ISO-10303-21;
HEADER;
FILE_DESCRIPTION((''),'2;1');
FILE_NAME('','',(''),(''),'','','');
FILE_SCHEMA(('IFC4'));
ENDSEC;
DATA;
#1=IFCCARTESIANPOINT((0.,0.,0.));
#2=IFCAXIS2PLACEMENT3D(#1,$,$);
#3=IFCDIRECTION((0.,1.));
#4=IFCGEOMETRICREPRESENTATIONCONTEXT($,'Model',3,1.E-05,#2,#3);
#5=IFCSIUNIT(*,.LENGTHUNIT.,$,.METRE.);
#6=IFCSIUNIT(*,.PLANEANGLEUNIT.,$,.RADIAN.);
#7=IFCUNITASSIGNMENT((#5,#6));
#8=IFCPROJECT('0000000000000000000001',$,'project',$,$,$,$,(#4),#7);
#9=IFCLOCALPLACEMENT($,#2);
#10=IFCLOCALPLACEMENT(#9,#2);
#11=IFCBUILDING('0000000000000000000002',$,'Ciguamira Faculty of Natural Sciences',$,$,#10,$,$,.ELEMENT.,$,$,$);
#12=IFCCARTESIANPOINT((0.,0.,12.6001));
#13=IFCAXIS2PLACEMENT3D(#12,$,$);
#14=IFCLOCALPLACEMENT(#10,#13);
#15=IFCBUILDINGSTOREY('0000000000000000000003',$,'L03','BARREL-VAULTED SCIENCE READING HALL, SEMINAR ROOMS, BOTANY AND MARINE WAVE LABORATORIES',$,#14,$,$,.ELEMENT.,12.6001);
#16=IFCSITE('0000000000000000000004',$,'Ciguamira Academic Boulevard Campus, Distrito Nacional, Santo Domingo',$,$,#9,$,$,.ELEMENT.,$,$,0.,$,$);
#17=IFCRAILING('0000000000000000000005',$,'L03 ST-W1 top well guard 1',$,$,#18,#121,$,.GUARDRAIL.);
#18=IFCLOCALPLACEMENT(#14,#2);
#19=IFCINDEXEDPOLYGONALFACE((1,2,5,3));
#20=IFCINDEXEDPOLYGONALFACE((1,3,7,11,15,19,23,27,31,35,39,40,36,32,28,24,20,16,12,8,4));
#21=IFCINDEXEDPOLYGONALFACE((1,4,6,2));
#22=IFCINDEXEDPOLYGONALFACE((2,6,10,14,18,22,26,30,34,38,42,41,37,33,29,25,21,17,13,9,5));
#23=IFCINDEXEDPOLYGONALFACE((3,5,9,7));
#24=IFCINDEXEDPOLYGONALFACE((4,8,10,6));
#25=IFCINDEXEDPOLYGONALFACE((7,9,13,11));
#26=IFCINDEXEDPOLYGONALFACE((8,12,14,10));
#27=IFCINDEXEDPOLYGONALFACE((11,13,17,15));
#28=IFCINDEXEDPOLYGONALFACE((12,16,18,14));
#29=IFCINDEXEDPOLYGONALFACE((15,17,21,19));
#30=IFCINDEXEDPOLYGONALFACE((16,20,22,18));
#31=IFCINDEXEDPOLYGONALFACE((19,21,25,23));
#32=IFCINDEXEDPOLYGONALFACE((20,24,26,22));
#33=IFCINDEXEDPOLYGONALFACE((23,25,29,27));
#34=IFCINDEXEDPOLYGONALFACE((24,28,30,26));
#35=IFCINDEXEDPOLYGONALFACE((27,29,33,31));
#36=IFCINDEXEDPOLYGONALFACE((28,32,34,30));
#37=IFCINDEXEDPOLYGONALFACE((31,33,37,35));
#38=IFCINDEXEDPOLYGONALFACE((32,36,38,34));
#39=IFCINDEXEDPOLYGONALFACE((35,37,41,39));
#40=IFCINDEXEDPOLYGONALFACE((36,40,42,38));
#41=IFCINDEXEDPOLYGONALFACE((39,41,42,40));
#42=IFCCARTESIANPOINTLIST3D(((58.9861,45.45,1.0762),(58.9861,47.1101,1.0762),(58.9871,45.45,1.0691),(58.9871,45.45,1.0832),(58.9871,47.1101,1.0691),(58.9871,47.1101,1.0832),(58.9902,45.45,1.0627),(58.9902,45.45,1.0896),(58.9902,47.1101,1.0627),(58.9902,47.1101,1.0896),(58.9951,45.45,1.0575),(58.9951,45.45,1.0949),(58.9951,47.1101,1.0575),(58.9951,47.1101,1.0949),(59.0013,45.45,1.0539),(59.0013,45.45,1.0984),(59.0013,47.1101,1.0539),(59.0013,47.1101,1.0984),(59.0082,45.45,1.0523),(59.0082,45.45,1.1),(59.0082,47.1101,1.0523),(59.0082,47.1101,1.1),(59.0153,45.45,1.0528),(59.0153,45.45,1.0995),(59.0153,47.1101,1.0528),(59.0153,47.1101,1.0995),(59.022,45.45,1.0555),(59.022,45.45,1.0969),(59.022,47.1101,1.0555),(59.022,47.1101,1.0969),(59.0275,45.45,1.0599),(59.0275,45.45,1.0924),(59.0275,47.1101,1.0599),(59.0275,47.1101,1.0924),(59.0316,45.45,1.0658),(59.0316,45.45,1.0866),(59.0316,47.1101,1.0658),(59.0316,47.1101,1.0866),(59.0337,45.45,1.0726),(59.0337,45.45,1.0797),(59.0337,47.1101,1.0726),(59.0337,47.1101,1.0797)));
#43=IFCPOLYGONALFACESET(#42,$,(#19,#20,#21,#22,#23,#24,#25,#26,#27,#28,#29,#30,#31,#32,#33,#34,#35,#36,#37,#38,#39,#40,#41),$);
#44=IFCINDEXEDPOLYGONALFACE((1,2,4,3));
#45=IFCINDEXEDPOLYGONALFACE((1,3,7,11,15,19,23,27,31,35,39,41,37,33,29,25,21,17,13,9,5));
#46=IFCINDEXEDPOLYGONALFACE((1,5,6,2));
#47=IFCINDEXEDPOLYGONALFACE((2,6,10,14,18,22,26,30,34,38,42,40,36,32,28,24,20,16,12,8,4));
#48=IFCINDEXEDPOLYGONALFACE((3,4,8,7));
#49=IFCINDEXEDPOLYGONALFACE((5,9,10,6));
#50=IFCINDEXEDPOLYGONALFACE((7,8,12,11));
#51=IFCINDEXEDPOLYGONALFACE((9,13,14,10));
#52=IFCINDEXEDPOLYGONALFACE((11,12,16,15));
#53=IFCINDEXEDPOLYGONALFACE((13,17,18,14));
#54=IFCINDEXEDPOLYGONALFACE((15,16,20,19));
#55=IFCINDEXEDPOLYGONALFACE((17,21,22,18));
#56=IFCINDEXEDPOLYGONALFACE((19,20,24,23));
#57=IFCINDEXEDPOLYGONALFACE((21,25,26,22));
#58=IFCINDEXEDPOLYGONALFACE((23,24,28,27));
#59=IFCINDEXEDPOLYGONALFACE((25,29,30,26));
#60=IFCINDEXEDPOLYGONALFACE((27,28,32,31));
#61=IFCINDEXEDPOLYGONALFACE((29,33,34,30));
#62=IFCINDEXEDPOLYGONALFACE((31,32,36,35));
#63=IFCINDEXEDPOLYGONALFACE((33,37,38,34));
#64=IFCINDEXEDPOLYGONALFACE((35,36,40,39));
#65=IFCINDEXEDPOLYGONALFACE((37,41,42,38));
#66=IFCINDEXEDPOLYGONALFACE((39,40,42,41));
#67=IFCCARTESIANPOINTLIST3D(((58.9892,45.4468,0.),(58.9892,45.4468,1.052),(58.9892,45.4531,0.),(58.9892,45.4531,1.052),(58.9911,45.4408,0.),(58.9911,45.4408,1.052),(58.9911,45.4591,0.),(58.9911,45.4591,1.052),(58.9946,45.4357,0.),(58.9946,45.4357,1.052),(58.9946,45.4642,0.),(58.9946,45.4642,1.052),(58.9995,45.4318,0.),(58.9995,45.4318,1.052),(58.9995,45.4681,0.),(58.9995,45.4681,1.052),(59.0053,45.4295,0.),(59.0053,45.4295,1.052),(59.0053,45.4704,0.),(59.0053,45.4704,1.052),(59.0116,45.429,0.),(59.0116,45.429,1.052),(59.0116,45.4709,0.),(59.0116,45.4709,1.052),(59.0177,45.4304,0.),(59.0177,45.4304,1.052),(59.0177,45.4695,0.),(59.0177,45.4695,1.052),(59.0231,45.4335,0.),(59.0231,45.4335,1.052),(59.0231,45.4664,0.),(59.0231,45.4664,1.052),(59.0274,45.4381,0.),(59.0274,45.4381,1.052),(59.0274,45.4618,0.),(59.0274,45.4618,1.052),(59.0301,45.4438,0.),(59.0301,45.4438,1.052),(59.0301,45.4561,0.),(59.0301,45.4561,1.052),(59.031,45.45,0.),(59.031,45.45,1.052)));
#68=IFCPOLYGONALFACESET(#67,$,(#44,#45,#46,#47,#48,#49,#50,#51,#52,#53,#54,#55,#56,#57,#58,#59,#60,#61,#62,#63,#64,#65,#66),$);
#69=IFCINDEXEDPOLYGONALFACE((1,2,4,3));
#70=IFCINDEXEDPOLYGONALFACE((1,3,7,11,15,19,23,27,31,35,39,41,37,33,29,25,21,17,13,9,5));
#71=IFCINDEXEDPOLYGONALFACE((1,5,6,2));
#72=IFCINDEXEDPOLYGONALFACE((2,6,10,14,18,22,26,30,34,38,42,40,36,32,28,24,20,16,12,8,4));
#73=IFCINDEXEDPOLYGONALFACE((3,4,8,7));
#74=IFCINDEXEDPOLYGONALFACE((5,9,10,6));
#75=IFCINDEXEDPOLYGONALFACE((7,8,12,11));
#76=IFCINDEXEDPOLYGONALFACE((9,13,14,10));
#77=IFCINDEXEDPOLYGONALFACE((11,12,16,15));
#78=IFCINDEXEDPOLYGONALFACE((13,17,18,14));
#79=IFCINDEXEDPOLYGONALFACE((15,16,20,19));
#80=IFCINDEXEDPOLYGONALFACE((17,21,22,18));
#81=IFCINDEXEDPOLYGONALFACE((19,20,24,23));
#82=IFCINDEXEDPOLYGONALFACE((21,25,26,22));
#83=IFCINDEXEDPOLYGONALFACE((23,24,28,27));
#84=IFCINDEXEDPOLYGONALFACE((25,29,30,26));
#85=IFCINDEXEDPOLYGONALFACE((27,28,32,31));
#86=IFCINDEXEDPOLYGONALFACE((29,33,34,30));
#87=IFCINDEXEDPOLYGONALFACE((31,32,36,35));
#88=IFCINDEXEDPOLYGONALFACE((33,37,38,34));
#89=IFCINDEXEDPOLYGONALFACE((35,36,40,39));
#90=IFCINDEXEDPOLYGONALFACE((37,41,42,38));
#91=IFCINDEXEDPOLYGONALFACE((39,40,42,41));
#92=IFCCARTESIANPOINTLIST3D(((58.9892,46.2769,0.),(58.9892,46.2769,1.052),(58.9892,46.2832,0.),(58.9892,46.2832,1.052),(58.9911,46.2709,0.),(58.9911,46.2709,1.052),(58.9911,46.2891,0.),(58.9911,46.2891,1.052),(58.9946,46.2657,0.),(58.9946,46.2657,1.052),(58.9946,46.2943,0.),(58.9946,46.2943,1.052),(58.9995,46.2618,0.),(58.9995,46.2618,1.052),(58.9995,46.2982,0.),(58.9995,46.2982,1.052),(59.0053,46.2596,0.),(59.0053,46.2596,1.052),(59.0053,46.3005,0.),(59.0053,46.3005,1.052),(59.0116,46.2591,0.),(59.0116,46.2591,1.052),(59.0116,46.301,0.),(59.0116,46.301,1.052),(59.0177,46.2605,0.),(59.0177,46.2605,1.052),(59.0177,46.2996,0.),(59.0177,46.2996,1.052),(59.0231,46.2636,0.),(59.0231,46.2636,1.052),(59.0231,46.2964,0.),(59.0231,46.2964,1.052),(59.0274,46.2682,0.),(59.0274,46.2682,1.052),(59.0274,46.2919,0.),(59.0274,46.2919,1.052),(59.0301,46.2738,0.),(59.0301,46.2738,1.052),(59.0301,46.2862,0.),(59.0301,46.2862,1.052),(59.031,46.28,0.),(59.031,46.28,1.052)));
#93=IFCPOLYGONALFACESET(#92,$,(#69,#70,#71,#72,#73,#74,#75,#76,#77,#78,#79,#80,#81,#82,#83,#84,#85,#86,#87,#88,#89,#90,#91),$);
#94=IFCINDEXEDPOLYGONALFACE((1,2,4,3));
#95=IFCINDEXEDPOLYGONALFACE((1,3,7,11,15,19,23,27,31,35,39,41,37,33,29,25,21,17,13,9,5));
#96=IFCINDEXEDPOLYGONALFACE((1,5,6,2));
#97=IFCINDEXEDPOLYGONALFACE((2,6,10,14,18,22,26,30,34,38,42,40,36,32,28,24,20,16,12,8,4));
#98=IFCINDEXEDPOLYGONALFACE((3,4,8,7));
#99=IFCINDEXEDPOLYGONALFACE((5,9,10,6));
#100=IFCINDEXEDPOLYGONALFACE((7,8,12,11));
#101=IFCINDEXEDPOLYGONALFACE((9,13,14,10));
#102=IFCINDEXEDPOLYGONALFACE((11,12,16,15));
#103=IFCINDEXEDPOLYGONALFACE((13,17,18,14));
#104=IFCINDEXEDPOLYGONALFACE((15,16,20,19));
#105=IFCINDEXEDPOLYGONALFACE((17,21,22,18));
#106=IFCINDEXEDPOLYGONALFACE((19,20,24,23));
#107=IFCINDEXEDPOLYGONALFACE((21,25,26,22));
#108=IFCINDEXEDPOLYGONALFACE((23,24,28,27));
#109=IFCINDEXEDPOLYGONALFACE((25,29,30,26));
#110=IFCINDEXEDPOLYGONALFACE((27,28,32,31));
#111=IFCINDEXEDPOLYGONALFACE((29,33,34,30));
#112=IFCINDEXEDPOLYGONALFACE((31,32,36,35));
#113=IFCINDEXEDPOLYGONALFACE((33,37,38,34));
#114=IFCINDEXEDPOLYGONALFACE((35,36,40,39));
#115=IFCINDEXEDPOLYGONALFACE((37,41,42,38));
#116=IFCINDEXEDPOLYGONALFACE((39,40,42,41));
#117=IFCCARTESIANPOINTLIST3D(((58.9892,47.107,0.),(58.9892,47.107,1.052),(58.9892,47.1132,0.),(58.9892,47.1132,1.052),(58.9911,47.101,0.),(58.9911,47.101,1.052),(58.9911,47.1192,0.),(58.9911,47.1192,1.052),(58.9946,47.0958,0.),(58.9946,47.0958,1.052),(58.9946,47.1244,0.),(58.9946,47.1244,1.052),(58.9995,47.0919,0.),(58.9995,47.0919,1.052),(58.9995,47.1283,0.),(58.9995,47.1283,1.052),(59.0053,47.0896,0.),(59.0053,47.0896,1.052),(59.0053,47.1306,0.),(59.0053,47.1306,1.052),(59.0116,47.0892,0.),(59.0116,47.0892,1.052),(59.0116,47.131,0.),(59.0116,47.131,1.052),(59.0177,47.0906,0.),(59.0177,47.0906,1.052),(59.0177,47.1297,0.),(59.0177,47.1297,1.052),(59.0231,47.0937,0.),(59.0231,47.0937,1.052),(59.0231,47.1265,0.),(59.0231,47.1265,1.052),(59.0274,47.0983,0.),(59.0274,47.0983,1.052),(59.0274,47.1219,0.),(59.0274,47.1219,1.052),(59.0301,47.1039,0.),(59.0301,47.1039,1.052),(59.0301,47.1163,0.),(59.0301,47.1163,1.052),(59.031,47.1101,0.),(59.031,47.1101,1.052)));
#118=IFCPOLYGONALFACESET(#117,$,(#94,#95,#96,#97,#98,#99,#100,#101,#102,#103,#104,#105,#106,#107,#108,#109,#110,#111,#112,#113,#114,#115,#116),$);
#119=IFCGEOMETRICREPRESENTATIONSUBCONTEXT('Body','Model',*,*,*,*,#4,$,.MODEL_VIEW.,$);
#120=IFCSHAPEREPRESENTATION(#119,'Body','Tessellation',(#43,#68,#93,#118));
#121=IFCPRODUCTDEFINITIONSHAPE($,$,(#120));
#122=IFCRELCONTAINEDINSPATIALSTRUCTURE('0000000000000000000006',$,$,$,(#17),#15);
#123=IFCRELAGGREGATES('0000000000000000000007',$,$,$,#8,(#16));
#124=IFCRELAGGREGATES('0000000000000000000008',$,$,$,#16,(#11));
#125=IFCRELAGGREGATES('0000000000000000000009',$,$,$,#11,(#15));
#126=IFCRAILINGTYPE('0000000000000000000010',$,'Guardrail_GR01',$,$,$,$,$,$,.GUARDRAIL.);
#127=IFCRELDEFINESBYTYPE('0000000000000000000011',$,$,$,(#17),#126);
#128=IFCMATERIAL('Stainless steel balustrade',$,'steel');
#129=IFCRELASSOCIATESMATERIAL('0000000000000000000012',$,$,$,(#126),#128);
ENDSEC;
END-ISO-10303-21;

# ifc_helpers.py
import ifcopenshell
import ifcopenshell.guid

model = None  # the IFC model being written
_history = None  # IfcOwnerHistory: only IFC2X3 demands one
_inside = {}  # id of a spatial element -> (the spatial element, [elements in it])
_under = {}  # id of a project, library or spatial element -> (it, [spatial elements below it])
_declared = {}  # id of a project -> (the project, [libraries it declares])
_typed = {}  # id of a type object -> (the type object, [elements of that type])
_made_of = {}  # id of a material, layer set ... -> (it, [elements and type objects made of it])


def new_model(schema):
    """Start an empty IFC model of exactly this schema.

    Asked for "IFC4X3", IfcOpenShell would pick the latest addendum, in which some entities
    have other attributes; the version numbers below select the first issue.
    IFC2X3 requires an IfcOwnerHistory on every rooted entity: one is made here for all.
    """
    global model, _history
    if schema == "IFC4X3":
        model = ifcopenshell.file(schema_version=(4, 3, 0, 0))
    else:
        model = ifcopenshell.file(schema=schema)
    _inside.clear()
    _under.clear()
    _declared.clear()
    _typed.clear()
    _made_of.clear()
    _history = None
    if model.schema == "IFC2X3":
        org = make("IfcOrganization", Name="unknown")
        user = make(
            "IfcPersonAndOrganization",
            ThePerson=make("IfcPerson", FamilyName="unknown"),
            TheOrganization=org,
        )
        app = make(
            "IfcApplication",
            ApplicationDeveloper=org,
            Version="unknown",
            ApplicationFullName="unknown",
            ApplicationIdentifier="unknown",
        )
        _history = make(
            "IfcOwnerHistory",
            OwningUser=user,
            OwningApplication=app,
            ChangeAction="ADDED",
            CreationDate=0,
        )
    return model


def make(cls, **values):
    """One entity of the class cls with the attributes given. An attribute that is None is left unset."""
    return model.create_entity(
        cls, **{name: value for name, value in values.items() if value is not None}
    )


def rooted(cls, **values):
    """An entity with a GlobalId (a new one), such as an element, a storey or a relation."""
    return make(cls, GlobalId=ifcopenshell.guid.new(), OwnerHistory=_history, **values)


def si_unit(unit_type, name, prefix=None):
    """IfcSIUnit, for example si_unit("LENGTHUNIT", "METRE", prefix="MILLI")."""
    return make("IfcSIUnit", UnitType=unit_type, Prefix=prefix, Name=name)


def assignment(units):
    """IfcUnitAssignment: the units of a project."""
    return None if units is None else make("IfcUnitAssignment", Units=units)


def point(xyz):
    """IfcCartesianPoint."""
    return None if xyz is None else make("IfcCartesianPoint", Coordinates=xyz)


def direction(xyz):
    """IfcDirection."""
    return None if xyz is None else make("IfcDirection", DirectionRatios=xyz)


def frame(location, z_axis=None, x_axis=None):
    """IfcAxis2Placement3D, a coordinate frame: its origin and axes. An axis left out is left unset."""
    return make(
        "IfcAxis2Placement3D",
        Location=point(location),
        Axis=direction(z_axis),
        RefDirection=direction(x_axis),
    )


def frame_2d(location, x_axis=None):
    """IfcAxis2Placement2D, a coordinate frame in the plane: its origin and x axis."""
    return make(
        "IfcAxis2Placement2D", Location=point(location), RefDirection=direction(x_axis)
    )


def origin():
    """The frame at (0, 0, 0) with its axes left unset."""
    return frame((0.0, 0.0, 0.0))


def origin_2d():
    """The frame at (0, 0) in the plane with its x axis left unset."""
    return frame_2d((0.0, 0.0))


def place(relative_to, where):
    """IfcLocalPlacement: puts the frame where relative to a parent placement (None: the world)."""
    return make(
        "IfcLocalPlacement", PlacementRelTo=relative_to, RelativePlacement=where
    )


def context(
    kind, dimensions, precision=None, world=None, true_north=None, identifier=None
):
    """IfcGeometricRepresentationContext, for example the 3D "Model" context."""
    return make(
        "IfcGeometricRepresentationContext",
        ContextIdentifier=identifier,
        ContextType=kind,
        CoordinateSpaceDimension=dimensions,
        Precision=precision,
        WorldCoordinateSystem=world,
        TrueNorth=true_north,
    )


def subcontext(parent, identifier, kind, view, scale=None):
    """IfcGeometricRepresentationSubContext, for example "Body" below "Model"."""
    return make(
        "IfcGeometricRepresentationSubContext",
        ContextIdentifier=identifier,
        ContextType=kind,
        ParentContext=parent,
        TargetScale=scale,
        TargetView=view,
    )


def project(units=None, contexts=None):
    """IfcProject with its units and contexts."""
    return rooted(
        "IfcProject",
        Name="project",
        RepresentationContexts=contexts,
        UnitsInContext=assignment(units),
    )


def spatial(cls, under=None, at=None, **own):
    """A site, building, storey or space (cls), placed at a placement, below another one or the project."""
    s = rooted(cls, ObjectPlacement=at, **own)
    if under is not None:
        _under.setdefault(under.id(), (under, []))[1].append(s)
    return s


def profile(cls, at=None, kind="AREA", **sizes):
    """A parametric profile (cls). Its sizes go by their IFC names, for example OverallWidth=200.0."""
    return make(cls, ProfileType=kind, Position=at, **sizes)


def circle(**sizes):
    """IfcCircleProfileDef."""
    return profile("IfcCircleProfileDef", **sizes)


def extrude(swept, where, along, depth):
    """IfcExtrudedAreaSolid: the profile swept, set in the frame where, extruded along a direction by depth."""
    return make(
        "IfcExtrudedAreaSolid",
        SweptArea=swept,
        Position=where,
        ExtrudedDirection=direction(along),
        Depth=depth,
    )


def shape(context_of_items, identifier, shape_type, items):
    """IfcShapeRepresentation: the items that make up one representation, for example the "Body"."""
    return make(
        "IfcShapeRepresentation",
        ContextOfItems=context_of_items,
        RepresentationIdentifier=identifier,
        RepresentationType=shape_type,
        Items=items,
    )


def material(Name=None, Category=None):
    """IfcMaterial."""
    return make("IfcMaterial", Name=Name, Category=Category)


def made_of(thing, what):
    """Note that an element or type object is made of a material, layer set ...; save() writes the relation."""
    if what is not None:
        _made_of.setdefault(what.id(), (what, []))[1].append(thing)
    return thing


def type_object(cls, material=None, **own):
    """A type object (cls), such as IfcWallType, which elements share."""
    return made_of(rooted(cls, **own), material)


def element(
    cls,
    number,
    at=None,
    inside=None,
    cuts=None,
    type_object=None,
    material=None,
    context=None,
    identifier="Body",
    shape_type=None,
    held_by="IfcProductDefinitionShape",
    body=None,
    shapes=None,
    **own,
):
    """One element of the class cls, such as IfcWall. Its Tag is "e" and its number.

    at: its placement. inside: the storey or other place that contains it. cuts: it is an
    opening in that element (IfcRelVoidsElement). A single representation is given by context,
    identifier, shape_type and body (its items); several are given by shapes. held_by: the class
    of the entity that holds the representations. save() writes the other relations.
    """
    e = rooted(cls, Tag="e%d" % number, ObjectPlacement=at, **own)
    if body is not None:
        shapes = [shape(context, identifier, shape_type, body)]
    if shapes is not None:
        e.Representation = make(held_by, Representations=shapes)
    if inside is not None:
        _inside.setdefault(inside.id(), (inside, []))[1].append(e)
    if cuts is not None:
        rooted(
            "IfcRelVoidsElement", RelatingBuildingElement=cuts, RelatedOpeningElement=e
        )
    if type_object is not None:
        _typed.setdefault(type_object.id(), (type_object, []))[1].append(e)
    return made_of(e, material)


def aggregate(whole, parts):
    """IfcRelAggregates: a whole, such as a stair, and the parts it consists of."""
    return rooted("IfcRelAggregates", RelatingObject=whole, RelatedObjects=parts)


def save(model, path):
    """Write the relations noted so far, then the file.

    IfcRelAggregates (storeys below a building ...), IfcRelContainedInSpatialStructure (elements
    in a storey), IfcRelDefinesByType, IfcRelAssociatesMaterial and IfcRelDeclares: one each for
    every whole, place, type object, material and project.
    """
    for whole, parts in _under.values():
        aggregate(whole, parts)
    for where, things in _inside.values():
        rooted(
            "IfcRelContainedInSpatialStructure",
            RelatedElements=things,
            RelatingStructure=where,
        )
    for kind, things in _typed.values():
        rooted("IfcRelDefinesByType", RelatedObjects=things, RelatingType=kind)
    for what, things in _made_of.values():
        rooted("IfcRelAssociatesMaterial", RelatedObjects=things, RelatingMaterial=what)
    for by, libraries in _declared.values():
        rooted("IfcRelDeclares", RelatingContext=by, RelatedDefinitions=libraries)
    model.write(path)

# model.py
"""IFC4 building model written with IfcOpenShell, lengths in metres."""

from ifc_helpers import new_model, si_unit, direction, frame, origin, origin_2d, place, context, subcontext, project, spatial, circle, extrude, material, type_object, element, save


model = new_model("IFC4")

# Units and contexts
model_context = context("Model", 3, precision=1e-05, world=origin(), true_north=direction((0.0, 1.0)))
body_context = subcontext(model_context, "Body", "Model", "MODEL_VIEW")
ifc_project = project(units=[si_unit("LENGTHUNIT", "METRE"), si_unit("PLANEANGLEUNIT", "RADIAN")], contexts=[model_context])

# Site, building, storey
site_placement = place(None, origin())
site = spatial("IfcSite", under=ifc_project, at=site_placement, Name="Ciguamira Academic Boulevard Campus, Distrito Nacional, Santo Domingo", CompositionType="ELEMENT", RefElevation=0.0)
building_placement = place(site_placement, origin())
building = spatial("IfcBuilding", under=site, at=building_placement, Name="Ciguamira Faculty of Natural Sciences", CompositionType="ELEMENT")
storey_placement = place(building_placement, frame((0.0, 0.0, 12.6001)))
storey = spatial("IfcBuildingStorey", under=building, at=storey_placement, Name="L03", Description="BARREL-VAULTED SCIENCE READING HALL, SEMINAR ROOMS, BOTANY AND MARINE WAVE LABORATORIES", CompositionType="ELEMENT", Elevation=12.6001)

# Railing
ifc_material_1 = material(Name="Stainless steel balustrade", Category="steel")
railing_type = type_object("IfcRailingType", Name="Guardrail_GR01", PredefinedType="GUARDRAIL", material=ifc_material_1)
railing_placement = place(storey_placement, frame((59.01, 45.45, 0.0)))
element("IfcRailing", 1, at=railing_placement, inside=storey, type_object=railing_type, Name="L03 ST-W1 top well guard 1", PredefinedType="GUARDRAIL", context=body_context, shape_type="SweptSolid", body=[
    extrude(circle(Radius=0.0239, at=origin_2d()), frame((0.0, 0.0, 1.0762), z_axis=(0.0, 1.0, 0.0), x_axis=(-1.0, 0.0, 0.0)), (0.0, 0.0, 1.0), 1.6602),
    extrude(circle(Radius=0.021, at=origin_2d()), origin(), (0.0, 0.0, 1.0), 1.052),
    extrude(circle(Radius=0.021, at=origin_2d()), frame((0.0, 0.8301, 0.0)), (0.0, 0.0, 1.0), 1.052),
    extrude(circle(Radius=0.021, at=origin_2d()), frame((0.0, 1.6602, 0.0)), (0.0, 0.0, 1.0), 1.052),
])

save(model, "model.ifc")
